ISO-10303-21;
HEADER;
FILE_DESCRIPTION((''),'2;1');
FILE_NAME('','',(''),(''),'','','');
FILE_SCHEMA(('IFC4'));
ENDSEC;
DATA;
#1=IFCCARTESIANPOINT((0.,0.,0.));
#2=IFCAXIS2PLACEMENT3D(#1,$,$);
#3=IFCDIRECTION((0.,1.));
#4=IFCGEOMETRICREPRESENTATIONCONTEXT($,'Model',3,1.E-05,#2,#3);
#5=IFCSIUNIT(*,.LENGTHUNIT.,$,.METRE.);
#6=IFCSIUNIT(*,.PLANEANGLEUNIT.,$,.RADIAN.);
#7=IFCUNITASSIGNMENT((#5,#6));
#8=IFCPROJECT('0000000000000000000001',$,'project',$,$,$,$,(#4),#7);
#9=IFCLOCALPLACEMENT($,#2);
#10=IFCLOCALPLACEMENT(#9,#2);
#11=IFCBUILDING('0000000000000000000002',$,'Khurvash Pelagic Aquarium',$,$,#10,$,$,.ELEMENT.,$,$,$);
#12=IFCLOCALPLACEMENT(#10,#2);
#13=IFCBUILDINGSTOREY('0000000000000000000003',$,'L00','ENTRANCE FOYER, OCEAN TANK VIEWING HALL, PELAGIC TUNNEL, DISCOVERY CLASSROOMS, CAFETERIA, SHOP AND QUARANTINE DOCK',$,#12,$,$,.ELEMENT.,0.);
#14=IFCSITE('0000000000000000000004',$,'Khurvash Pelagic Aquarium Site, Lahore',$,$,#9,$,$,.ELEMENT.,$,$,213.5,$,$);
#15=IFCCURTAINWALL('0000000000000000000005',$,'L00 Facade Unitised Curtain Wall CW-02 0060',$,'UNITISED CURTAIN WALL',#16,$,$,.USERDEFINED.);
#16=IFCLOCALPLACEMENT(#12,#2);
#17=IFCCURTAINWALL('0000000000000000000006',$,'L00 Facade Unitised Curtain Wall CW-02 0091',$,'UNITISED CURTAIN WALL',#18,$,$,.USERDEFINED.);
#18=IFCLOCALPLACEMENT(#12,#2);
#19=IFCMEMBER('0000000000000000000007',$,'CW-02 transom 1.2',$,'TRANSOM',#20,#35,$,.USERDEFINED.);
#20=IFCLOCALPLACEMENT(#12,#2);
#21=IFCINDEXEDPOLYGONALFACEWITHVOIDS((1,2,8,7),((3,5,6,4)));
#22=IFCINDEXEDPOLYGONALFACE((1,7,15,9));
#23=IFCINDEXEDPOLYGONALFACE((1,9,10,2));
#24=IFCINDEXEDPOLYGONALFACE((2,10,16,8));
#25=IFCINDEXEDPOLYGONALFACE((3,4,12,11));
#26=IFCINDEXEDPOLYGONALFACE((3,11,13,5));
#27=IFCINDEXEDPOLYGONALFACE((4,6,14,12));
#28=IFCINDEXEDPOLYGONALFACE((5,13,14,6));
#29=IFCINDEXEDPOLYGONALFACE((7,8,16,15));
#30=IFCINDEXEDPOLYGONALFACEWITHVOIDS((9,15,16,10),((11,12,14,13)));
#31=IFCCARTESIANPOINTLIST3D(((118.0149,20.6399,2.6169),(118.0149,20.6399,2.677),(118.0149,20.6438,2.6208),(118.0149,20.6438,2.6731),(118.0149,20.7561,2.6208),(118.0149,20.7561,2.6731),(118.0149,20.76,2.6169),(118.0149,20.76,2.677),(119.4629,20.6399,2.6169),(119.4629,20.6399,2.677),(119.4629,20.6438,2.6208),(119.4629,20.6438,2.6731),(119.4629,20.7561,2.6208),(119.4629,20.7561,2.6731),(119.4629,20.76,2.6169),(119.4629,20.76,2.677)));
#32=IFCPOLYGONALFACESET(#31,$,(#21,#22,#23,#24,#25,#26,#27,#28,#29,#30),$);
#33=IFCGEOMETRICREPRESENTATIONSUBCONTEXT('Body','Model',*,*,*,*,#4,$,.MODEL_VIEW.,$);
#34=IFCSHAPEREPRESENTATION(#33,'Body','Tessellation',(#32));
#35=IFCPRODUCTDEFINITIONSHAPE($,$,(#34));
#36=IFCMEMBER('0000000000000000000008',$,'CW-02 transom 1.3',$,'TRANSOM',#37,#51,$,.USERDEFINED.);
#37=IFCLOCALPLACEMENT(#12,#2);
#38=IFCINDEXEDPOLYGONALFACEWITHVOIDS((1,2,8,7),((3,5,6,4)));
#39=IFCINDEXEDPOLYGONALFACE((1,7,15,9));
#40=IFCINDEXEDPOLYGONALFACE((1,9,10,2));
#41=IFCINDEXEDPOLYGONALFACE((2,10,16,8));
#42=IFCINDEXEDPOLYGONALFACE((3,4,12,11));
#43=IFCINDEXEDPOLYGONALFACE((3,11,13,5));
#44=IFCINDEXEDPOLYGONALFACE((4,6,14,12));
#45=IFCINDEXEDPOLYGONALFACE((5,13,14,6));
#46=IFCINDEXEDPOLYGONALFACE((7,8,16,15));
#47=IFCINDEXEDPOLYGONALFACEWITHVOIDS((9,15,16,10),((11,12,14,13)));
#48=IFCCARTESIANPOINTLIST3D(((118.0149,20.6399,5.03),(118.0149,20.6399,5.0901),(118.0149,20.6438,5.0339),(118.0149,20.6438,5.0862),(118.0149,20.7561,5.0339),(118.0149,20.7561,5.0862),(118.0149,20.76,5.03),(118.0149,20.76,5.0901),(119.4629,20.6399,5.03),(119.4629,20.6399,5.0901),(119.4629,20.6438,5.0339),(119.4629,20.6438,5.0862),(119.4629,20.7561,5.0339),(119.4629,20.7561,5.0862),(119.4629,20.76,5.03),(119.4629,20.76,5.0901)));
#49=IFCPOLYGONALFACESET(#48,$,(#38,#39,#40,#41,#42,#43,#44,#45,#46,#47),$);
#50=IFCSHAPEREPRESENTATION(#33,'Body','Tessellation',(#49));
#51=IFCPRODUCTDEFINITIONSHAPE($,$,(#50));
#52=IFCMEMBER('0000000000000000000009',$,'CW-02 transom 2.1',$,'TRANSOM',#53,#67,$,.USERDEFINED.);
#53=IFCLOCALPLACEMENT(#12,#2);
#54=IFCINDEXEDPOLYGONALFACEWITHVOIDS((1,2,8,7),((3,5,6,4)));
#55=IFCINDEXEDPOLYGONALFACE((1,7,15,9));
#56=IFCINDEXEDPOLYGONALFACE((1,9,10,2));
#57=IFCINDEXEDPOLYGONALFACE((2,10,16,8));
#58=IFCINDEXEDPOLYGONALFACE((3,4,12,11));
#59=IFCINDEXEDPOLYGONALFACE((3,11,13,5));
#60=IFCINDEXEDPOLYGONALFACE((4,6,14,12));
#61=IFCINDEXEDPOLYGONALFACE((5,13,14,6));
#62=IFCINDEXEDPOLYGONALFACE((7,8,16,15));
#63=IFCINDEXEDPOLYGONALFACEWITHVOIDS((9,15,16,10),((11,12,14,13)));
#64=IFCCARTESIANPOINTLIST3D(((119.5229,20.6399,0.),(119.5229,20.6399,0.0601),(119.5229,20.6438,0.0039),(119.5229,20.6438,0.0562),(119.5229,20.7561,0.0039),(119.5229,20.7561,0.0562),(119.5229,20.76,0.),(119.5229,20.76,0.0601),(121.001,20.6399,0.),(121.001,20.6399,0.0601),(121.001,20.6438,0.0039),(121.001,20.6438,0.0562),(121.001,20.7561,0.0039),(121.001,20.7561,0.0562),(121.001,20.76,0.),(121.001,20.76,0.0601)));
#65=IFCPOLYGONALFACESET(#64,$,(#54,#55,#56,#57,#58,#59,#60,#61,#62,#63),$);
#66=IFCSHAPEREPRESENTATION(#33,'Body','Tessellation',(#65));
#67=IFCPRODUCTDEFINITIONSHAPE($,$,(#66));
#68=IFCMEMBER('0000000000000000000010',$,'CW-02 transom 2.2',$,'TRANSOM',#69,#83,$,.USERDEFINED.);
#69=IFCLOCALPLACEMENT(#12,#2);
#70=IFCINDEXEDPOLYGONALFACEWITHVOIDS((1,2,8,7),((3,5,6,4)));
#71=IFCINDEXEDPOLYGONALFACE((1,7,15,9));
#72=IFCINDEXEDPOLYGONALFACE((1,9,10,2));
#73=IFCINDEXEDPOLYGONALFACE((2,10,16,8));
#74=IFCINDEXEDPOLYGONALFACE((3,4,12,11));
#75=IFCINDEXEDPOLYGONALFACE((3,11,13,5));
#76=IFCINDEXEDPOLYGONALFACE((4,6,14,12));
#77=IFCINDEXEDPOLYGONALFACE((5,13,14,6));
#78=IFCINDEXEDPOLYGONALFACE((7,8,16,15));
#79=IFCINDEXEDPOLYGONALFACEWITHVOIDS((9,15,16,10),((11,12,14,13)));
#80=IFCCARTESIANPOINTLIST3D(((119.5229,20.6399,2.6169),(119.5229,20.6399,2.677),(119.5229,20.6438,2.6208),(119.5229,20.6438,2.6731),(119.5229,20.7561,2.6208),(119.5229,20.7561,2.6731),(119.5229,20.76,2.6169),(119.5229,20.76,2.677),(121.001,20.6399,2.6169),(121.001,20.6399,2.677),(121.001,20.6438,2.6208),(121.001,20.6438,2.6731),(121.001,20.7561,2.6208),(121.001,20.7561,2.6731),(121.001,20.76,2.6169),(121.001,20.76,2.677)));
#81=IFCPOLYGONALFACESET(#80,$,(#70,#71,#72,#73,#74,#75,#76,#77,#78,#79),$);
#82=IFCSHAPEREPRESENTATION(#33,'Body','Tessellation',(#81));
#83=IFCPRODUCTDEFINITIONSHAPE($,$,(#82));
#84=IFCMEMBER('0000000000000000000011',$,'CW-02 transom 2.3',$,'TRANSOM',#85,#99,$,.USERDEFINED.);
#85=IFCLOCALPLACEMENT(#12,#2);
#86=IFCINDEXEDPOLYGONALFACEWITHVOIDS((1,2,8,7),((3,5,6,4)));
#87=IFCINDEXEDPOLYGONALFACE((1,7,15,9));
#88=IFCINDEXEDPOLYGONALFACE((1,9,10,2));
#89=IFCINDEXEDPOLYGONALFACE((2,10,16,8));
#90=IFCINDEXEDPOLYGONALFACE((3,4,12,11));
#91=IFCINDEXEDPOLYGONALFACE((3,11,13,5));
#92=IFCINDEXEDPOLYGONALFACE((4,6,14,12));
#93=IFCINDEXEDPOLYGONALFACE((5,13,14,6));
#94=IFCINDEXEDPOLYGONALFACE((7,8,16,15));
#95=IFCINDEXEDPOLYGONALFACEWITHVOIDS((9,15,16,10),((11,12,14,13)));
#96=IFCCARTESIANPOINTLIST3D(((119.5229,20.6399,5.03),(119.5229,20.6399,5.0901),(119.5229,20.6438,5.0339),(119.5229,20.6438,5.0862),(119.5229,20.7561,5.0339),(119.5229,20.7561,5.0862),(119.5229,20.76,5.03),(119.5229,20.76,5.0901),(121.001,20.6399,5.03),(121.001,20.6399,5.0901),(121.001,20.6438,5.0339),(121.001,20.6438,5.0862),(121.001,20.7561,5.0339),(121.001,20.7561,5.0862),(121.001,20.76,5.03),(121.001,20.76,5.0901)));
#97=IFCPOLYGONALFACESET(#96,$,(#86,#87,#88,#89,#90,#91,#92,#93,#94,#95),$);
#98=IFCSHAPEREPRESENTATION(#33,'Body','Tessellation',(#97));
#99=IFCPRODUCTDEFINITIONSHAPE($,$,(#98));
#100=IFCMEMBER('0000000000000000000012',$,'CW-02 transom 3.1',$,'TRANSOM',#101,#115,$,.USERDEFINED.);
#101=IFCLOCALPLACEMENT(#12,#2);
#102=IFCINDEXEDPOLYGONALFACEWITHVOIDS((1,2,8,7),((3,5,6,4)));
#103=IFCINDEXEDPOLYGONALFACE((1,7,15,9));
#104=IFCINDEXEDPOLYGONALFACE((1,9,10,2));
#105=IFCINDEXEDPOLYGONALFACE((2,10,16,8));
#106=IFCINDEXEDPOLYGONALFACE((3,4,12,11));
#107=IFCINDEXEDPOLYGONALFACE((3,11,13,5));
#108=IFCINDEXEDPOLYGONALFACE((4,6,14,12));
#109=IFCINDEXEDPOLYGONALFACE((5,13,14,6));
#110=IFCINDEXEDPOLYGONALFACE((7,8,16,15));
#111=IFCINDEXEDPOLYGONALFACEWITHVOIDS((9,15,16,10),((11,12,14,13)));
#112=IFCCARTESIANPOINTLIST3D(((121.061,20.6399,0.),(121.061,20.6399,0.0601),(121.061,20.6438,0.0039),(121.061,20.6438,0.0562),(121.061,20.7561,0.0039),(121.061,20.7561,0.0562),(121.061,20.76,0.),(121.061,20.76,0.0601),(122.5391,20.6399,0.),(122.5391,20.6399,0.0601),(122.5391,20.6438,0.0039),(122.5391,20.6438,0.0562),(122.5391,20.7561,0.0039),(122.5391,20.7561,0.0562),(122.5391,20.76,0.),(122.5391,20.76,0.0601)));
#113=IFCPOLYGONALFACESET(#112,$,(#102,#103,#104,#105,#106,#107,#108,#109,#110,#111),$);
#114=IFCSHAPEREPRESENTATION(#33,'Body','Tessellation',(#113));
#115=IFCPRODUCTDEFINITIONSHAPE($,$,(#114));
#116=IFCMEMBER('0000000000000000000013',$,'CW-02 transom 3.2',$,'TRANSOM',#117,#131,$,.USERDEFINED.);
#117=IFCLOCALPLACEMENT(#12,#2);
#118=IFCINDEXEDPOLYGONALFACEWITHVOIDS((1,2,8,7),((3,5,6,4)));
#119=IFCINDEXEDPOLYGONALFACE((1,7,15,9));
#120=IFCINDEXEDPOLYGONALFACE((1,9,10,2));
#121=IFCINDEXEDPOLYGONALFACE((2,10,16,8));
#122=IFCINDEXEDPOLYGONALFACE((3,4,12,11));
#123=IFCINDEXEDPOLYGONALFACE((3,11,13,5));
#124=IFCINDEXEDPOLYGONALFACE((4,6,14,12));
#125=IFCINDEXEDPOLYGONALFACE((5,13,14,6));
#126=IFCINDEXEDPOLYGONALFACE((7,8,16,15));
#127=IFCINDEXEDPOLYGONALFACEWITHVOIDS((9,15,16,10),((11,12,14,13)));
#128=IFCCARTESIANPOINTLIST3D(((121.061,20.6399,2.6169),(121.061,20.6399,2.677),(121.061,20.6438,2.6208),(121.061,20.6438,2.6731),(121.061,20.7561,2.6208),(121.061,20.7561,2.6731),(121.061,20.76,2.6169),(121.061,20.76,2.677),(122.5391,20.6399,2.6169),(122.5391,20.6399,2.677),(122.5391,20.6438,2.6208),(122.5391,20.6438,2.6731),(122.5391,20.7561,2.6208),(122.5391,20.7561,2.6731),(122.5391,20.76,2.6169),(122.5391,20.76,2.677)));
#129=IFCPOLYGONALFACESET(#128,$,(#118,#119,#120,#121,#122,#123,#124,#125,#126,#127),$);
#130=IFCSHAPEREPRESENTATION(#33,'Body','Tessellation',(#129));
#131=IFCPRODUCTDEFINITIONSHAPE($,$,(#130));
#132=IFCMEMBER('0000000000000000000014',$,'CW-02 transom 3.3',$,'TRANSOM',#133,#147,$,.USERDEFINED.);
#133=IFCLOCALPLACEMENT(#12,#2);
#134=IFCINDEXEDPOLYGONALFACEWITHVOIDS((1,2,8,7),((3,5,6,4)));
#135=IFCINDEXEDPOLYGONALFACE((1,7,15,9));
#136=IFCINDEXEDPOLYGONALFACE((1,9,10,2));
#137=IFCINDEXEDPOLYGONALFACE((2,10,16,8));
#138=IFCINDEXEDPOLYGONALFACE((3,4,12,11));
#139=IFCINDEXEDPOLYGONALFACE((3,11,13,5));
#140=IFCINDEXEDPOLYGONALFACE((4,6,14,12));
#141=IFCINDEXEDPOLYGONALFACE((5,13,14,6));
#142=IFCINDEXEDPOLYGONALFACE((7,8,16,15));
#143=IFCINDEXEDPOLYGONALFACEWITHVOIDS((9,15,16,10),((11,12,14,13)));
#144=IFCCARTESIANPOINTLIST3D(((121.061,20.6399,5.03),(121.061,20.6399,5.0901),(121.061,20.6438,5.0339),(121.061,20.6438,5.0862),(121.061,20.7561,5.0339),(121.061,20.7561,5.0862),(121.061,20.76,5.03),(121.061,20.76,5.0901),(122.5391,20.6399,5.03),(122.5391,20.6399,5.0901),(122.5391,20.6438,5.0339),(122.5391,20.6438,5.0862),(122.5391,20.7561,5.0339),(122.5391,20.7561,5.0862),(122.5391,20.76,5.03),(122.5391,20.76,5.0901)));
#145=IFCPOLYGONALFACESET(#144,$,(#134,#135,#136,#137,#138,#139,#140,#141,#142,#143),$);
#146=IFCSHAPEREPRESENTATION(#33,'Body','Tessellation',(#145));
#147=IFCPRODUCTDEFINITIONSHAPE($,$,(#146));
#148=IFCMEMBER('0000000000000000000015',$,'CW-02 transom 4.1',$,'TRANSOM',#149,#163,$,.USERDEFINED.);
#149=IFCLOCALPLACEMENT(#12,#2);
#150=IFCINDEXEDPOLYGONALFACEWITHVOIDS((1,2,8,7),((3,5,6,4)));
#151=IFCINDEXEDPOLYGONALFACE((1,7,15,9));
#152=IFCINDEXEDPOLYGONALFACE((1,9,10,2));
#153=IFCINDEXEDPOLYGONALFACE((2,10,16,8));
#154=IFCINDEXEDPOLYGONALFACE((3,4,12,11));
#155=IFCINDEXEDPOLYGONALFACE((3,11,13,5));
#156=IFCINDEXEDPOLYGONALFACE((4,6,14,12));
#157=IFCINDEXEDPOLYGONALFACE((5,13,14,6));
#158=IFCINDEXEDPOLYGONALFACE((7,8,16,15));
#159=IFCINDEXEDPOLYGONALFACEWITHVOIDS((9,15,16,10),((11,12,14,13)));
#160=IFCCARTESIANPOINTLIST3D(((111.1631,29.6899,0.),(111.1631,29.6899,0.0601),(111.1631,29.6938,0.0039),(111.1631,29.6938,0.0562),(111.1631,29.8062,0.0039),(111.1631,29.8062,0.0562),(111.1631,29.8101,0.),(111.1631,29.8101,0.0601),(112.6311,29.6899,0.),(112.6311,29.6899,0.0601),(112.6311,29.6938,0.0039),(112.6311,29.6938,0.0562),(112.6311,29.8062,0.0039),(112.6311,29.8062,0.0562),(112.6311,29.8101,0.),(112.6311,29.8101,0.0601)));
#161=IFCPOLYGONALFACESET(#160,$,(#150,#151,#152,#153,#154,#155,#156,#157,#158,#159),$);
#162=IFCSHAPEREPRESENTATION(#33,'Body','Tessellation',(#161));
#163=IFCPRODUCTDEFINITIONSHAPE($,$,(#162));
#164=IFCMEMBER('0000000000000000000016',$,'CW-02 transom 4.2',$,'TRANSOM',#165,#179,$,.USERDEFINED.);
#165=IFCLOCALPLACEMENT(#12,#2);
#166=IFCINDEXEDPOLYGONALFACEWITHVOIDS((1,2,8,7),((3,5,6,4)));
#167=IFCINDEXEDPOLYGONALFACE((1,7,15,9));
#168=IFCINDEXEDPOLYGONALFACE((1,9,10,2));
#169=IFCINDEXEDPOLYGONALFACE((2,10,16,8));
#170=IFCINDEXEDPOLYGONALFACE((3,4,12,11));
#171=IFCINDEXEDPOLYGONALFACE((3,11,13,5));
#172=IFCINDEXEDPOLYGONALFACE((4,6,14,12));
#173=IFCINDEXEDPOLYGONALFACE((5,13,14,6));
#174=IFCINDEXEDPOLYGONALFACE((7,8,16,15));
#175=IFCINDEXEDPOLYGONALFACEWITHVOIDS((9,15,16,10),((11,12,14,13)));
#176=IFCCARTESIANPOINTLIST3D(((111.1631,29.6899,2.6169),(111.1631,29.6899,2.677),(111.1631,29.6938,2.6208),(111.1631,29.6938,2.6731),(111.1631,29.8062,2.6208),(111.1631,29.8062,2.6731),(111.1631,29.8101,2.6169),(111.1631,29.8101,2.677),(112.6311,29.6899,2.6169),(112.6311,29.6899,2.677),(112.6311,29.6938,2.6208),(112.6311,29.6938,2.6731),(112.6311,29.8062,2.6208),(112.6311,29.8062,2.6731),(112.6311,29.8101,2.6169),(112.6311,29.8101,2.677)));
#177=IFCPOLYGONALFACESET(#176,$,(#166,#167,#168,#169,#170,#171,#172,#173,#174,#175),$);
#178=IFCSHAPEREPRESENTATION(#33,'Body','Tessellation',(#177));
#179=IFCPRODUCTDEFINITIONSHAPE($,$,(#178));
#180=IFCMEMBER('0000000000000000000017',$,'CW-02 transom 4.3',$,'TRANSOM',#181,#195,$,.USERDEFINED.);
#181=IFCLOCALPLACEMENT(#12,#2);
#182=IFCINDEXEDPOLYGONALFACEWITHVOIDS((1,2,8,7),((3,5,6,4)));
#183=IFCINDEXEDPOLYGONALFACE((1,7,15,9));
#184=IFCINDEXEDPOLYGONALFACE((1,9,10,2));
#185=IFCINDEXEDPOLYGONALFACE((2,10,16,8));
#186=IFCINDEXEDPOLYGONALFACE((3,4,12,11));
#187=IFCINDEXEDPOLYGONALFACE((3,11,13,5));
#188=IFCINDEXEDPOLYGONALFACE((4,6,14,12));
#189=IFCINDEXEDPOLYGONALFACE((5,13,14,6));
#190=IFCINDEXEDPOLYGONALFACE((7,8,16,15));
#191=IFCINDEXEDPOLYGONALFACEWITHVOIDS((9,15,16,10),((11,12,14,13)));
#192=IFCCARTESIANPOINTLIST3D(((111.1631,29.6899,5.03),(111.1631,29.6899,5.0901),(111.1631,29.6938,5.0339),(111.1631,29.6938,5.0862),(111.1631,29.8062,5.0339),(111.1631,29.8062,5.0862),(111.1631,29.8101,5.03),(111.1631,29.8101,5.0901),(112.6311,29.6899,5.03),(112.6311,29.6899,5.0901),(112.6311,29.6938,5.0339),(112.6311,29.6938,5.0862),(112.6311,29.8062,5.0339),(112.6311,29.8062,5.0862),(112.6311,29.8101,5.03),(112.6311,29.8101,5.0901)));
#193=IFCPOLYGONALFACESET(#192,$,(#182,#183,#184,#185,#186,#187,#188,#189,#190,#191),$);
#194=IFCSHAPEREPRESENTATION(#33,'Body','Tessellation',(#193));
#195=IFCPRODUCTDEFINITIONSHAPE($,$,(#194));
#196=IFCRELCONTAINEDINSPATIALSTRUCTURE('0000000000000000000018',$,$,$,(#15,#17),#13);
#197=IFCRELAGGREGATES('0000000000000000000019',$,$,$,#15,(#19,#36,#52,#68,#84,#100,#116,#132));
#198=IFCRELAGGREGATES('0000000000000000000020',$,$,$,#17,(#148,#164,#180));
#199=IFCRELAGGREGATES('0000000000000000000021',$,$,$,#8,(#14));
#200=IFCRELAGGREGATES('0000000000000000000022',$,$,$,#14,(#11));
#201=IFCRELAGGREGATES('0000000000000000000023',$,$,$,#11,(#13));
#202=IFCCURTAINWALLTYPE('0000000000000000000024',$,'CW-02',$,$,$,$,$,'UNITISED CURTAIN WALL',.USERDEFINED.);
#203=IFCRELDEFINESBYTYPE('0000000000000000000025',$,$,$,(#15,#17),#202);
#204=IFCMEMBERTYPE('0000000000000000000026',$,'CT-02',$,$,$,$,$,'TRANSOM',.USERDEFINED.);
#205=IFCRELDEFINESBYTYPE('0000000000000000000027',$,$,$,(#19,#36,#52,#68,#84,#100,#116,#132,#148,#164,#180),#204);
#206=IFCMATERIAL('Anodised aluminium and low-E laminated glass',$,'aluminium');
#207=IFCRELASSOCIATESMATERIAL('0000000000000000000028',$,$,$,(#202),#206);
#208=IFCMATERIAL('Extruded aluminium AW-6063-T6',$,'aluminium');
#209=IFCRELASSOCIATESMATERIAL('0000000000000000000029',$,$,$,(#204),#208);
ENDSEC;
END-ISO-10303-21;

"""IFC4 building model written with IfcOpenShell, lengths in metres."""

from ifc_helpers import new_model, si_unit, direction, frame, origin, origin_2d, place, context, subcontext, project, spatial, hollow_rectangle, extrude, material, material_profile, profile_set, type_object, element, aggregate, save


model = new_model("IFC4")

# Units and contexts
model_context = context("Model", 3, precision=1e-05, world=origin(), true_north=direction((0.0, 1.0)))
body_context = subcontext(model_context, "Body", "Model", "MODEL_VIEW")
ifc_project = project(units=[si_unit("LENGTHUNIT", "METRE"), si_unit("PLANEANGLEUNIT", "RADIAN")], contexts=[model_context])

# Site, building, storey
site_placement = place(None, origin())
site = spatial("IfcSite", under=ifc_project, at=site_placement, Name="Khurvash Pelagic Aquarium Site, Lahore", CompositionType="ELEMENT", RefElevation=213.5)
building_placement = place(site_placement, origin())
building = spatial("IfcBuilding", under=site, at=building_placement, Name="Khurvash Pelagic Aquarium", CompositionType="ELEMENT")
storey_placement = place(building_placement, origin())
storey = spatial("IfcBuildingStorey", under=building, at=storey_placement, Name="L00", Description="ENTRANCE FOYER, OCEAN TANK VIEWING HALL, PELAGIC TUNNEL, DISCOVERY CLASSROOMS, CAFETERIA, SHOP AND QUARANTINE DOCK", CompositionType="ELEMENT", Elevation=0.0)

# Curtain walls
ifc_material_1 = material(Name="Anodised aluminium and low-E laminated glass", Category="aluminium")
curtain_wall_type = type_object("IfcCurtainWallType", Name="CW-02", ElementType="UNITISED CURTAIN WALL", PredefinedType="USERDEFINED", material=ifc_material_1)
curtain_wall_1_placement = place(storey_placement, origin())
curtain_wall_1 = element("IfcCurtainWall", 1, at=curtain_wall_1_placement, inside=storey, type_object=curtain_wall_type, Name="L00 Facade Unitised Curtain Wall CW-02 0060", ObjectType="UNITISED CURTAIN WALL", PredefinedType="USERDEFINED")
ifc_material_2 = material(Name="Extruded aluminium AW-6063-T6", Category="aluminium")
curtain_wall_2_placement = place(storey_placement, origin())
curtain_wall_2 = element("IfcCurtainWall", 2, at=curtain_wall_2_placement, inside=storey, type_object=curtain_wall_type, Name="L00 Facade Unitised Curtain Wall CW-02 0091", ObjectType="UNITISED CURTAIN WALL", PredefinedType="USERDEFINED")

# Members
ifc_material_profile_1 = material_profile(ifc_material_2, hollow_rectangle(XDim=0.1201, YDim=0.0601, WallThickness=0.0039, at=origin_2d()), Name="CWT120X60X4")
ifc_profile_set_1 = profile_set([ifc_material_profile_1], Name="Extruded aluminium AW-6063-T6")
member_type_1 = type_object("IfcMemberType", Name="CT-02", ElementType="TRANSOM", PredefinedType="USERDEFINED", material=ifc_profile_set_1)
member_1_placement = place(storey_placement, frame((118.0149, 20.7, 2.647), z_axis=(1.0, 0.0, 0.0), x_axis=(0.0, 1.0, 0.0)))
member_1 = element("IfcMember", 3, at=member_1_placement, type_object=member_type_1, Name="CW-02 transom 1.2", ObjectType="TRANSOM", PredefinedType="USERDEFINED", context=body_context, shape_type="SweptSolid", body=[
    extrude(hollow_rectangle(XDim=0.1201, YDim=0.0601, WallThickness=0.0039, at=origin_2d()), origin(), (0.0, 0.0, 1.0), 1.448),
])
member_2_placement = place(storey_placement, frame((118.0149, 20.7, 5.0601), z_axis=(1.0, 0.0, 0.0), x_axis=(0.0, 1.0, 0.0)))
member_2 = element("IfcMember", 4, at=member_2_placement, type_object=member_type_1, Name="CW-02 transom 1.3", ObjectType="TRANSOM", PredefinedType="USERDEFINED", context=body_context, shape_type="SweptSolid", body=[
    extrude(hollow_rectangle(XDim=0.1201, YDim=0.0601, WallThickness=0.0039, at=origin_2d()), origin(), (0.0, 0.0, 1.0), 1.448),
])
member_3_placement = place(storey_placement, frame((119.5229, 20.7, 0.03), z_axis=(1.0, 0.0, 0.0), x_axis=(0.0, 1.0, 0.0)))
member_3 = element("IfcMember", 5, at=member_3_placement, type_object=member_type_1, Name="CW-02 transom 2.1", ObjectType="TRANSOM", PredefinedType="USERDEFINED", context=body_context, shape_type="SweptSolid", body=[
    extrude(hollow_rectangle(XDim=0.1201, YDim=0.0601, WallThickness=0.0039, at=origin_2d()), origin(), (0.0, 0.0, 1.0), 1.478),
])
member_4_placement = place(storey_placement, frame((119.5229, 20.7, 2.647), z_axis=(1.0, 0.0, 0.0), x_axis=(0.0, 1.0, 0.0)))
member_4 = element("IfcMember", 6, at=member_4_placement, type_object=member_type_1, Name="CW-02 transom 2.2", ObjectType="TRANSOM", PredefinedType="USERDEFINED", context=body_context, shape_type="SweptSolid", body=[
    extrude(hollow_rectangle(XDim=0.1201, YDim=0.0601, WallThickness=0.0039, at=origin_2d()), origin(), (0.0, 0.0, 1.0), 1.478),
])
member_5_placement = place(storey_placement, frame((119.5229, 20.7, 5.0601), z_axis=(1.0, 0.0, 0.0), x_axis=(0.0, 1.0, 0.0)))
member_5 = element("IfcMember", 7, at=member_5_placement, type_object=member_type_1, Name="CW-02 transom 2.3", ObjectType="TRANSOM", PredefinedType="USERDEFINED", context=body_context, shape_type="SweptSolid", body=[
    extrude(hollow_rectangle(XDim=0.1201, YDim=0.0601, WallThickness=0.0039, at=origin_2d()), origin(), (0.0, 0.0, 1.0), 1.478),
])
member_6_placement = place(storey_placement, frame((121.061, 20.7, 0.03), z_axis=(1.0, 0.0, 0.0), x_axis=(0.0, 1.0, 0.0)))
member_6 = element("IfcMember", 8, at=member_6_placement, type_object=member_type_1, Name="CW-02 transom 3.1", ObjectType="TRANSOM", PredefinedType="USERDEFINED", context=body_context, shape_type="SweptSolid", body=[
    extrude(hollow_rectangle(XDim=0.1201, YDim=0.0601, WallThickness=0.0039, at=origin_2d()), origin(), (0.0, 0.0, 1.0), 1.478),
])
member_7_placement = place(storey_placement, frame((121.061, 20.7, 2.647), z_axis=(1.0, 0.0, 0.0), x_axis=(0.0, 1.0, 0.0)))
member_7 = element("IfcMember", 9, at=member_7_placement, type_object=member_type_1, Name="CW-02 transom 3.2", ObjectType="TRANSOM", PredefinedType="USERDEFINED", context=body_context, shape_type="SweptSolid", body=[
    extrude(hollow_rectangle(XDim=0.1201, YDim=0.0601, WallThickness=0.0039, at=origin_2d()), origin(), (0.0, 0.0, 1.0), 1.478),
])
member_8_placement = place(storey_placement, frame((121.061, 20.7, 5.0601), z_axis=(1.0, 0.0, 0.0), x_axis=(0.0, 1.0, 0.0)))
member_8 = element("IfcMember", 10, at=member_8_placement, type_object=member_type_1, Name="CW-02 transom 3.3", ObjectType="TRANSOM", PredefinedType="USERDEFINED", context=body_context, shape_type="SweptSolid", body=[
    extrude(hollow_rectangle(XDim=0.1201, YDim=0.0601, WallThickness=0.0039, at=origin_2d()), origin(), (0.0, 0.0, 1.0), 1.478),
])
member_9_placement = place(storey_placement, frame((112.6311, 29.75, 0.03), z_axis=(-1.0, 0.0, 0.0), x_axis=(0.0, -1.0, 0.0)))
member_9 = element("IfcMember", 11, at=member_9_placement, type_object=member_type_1, Name="CW-02 transom 4.1", ObjectType="TRANSOM", PredefinedType="USERDEFINED", context=body_context, shape_type="SweptSolid", body=[
    extrude(hollow_rectangle(XDim=0.1201, YDim=0.0601, WallThickness=0.0039, at=origin_2d()), origin(), (0.0, 0.0, 1.0), 1.468),
])
member_10_placement = place(storey_placement, frame((112.6311, 29.75, 2.647), z_axis=(-1.0, 0.0, 0.0), x_axis=(0.0, -1.0, 0.0)))
member_10 = element("IfcMember", 12, at=member_10_placement, type_object=member_type_1, Name="CW-02 transom 4.2", ObjectType="TRANSOM", PredefinedType="USERDEFINED", context=body_context, shape_type="SweptSolid", body=[
    extrude(hollow_rectangle(XDim=0.1201, YDim=0.0601, WallThickness=0.0039, at=origin_2d()), origin(), (0.0, 0.0, 1.0), 1.468),
])
member_11_placement = place(storey_placement, frame((112.6311, 29.75, 5.0601), z_axis=(-1.0, 0.0, 0.0), x_axis=(0.0, -1.0, 0.0)))
member_11 = element("IfcMember", 13, at=member_11_placement, type_object=member_type_1, Name="CW-02 transom 4.3", ObjectType="TRANSOM", PredefinedType="USERDEFINED", context=body_context, shape_type="SweptSolid", body=[
    extrude(hollow_rectangle(XDim=0.1201, YDim=0.0601, WallThickness=0.0039, at=origin_2d()), origin(), (0.0, 0.0, 1.0), 1.468),
])

aggregate(curtain_wall_1, [member_1, member_2, member_3, member_4, member_5, member_6, member_7, member_8])
aggregate(curtain_wall_2, [member_9, member_10, member_11])

save(model, "model.ifc")
